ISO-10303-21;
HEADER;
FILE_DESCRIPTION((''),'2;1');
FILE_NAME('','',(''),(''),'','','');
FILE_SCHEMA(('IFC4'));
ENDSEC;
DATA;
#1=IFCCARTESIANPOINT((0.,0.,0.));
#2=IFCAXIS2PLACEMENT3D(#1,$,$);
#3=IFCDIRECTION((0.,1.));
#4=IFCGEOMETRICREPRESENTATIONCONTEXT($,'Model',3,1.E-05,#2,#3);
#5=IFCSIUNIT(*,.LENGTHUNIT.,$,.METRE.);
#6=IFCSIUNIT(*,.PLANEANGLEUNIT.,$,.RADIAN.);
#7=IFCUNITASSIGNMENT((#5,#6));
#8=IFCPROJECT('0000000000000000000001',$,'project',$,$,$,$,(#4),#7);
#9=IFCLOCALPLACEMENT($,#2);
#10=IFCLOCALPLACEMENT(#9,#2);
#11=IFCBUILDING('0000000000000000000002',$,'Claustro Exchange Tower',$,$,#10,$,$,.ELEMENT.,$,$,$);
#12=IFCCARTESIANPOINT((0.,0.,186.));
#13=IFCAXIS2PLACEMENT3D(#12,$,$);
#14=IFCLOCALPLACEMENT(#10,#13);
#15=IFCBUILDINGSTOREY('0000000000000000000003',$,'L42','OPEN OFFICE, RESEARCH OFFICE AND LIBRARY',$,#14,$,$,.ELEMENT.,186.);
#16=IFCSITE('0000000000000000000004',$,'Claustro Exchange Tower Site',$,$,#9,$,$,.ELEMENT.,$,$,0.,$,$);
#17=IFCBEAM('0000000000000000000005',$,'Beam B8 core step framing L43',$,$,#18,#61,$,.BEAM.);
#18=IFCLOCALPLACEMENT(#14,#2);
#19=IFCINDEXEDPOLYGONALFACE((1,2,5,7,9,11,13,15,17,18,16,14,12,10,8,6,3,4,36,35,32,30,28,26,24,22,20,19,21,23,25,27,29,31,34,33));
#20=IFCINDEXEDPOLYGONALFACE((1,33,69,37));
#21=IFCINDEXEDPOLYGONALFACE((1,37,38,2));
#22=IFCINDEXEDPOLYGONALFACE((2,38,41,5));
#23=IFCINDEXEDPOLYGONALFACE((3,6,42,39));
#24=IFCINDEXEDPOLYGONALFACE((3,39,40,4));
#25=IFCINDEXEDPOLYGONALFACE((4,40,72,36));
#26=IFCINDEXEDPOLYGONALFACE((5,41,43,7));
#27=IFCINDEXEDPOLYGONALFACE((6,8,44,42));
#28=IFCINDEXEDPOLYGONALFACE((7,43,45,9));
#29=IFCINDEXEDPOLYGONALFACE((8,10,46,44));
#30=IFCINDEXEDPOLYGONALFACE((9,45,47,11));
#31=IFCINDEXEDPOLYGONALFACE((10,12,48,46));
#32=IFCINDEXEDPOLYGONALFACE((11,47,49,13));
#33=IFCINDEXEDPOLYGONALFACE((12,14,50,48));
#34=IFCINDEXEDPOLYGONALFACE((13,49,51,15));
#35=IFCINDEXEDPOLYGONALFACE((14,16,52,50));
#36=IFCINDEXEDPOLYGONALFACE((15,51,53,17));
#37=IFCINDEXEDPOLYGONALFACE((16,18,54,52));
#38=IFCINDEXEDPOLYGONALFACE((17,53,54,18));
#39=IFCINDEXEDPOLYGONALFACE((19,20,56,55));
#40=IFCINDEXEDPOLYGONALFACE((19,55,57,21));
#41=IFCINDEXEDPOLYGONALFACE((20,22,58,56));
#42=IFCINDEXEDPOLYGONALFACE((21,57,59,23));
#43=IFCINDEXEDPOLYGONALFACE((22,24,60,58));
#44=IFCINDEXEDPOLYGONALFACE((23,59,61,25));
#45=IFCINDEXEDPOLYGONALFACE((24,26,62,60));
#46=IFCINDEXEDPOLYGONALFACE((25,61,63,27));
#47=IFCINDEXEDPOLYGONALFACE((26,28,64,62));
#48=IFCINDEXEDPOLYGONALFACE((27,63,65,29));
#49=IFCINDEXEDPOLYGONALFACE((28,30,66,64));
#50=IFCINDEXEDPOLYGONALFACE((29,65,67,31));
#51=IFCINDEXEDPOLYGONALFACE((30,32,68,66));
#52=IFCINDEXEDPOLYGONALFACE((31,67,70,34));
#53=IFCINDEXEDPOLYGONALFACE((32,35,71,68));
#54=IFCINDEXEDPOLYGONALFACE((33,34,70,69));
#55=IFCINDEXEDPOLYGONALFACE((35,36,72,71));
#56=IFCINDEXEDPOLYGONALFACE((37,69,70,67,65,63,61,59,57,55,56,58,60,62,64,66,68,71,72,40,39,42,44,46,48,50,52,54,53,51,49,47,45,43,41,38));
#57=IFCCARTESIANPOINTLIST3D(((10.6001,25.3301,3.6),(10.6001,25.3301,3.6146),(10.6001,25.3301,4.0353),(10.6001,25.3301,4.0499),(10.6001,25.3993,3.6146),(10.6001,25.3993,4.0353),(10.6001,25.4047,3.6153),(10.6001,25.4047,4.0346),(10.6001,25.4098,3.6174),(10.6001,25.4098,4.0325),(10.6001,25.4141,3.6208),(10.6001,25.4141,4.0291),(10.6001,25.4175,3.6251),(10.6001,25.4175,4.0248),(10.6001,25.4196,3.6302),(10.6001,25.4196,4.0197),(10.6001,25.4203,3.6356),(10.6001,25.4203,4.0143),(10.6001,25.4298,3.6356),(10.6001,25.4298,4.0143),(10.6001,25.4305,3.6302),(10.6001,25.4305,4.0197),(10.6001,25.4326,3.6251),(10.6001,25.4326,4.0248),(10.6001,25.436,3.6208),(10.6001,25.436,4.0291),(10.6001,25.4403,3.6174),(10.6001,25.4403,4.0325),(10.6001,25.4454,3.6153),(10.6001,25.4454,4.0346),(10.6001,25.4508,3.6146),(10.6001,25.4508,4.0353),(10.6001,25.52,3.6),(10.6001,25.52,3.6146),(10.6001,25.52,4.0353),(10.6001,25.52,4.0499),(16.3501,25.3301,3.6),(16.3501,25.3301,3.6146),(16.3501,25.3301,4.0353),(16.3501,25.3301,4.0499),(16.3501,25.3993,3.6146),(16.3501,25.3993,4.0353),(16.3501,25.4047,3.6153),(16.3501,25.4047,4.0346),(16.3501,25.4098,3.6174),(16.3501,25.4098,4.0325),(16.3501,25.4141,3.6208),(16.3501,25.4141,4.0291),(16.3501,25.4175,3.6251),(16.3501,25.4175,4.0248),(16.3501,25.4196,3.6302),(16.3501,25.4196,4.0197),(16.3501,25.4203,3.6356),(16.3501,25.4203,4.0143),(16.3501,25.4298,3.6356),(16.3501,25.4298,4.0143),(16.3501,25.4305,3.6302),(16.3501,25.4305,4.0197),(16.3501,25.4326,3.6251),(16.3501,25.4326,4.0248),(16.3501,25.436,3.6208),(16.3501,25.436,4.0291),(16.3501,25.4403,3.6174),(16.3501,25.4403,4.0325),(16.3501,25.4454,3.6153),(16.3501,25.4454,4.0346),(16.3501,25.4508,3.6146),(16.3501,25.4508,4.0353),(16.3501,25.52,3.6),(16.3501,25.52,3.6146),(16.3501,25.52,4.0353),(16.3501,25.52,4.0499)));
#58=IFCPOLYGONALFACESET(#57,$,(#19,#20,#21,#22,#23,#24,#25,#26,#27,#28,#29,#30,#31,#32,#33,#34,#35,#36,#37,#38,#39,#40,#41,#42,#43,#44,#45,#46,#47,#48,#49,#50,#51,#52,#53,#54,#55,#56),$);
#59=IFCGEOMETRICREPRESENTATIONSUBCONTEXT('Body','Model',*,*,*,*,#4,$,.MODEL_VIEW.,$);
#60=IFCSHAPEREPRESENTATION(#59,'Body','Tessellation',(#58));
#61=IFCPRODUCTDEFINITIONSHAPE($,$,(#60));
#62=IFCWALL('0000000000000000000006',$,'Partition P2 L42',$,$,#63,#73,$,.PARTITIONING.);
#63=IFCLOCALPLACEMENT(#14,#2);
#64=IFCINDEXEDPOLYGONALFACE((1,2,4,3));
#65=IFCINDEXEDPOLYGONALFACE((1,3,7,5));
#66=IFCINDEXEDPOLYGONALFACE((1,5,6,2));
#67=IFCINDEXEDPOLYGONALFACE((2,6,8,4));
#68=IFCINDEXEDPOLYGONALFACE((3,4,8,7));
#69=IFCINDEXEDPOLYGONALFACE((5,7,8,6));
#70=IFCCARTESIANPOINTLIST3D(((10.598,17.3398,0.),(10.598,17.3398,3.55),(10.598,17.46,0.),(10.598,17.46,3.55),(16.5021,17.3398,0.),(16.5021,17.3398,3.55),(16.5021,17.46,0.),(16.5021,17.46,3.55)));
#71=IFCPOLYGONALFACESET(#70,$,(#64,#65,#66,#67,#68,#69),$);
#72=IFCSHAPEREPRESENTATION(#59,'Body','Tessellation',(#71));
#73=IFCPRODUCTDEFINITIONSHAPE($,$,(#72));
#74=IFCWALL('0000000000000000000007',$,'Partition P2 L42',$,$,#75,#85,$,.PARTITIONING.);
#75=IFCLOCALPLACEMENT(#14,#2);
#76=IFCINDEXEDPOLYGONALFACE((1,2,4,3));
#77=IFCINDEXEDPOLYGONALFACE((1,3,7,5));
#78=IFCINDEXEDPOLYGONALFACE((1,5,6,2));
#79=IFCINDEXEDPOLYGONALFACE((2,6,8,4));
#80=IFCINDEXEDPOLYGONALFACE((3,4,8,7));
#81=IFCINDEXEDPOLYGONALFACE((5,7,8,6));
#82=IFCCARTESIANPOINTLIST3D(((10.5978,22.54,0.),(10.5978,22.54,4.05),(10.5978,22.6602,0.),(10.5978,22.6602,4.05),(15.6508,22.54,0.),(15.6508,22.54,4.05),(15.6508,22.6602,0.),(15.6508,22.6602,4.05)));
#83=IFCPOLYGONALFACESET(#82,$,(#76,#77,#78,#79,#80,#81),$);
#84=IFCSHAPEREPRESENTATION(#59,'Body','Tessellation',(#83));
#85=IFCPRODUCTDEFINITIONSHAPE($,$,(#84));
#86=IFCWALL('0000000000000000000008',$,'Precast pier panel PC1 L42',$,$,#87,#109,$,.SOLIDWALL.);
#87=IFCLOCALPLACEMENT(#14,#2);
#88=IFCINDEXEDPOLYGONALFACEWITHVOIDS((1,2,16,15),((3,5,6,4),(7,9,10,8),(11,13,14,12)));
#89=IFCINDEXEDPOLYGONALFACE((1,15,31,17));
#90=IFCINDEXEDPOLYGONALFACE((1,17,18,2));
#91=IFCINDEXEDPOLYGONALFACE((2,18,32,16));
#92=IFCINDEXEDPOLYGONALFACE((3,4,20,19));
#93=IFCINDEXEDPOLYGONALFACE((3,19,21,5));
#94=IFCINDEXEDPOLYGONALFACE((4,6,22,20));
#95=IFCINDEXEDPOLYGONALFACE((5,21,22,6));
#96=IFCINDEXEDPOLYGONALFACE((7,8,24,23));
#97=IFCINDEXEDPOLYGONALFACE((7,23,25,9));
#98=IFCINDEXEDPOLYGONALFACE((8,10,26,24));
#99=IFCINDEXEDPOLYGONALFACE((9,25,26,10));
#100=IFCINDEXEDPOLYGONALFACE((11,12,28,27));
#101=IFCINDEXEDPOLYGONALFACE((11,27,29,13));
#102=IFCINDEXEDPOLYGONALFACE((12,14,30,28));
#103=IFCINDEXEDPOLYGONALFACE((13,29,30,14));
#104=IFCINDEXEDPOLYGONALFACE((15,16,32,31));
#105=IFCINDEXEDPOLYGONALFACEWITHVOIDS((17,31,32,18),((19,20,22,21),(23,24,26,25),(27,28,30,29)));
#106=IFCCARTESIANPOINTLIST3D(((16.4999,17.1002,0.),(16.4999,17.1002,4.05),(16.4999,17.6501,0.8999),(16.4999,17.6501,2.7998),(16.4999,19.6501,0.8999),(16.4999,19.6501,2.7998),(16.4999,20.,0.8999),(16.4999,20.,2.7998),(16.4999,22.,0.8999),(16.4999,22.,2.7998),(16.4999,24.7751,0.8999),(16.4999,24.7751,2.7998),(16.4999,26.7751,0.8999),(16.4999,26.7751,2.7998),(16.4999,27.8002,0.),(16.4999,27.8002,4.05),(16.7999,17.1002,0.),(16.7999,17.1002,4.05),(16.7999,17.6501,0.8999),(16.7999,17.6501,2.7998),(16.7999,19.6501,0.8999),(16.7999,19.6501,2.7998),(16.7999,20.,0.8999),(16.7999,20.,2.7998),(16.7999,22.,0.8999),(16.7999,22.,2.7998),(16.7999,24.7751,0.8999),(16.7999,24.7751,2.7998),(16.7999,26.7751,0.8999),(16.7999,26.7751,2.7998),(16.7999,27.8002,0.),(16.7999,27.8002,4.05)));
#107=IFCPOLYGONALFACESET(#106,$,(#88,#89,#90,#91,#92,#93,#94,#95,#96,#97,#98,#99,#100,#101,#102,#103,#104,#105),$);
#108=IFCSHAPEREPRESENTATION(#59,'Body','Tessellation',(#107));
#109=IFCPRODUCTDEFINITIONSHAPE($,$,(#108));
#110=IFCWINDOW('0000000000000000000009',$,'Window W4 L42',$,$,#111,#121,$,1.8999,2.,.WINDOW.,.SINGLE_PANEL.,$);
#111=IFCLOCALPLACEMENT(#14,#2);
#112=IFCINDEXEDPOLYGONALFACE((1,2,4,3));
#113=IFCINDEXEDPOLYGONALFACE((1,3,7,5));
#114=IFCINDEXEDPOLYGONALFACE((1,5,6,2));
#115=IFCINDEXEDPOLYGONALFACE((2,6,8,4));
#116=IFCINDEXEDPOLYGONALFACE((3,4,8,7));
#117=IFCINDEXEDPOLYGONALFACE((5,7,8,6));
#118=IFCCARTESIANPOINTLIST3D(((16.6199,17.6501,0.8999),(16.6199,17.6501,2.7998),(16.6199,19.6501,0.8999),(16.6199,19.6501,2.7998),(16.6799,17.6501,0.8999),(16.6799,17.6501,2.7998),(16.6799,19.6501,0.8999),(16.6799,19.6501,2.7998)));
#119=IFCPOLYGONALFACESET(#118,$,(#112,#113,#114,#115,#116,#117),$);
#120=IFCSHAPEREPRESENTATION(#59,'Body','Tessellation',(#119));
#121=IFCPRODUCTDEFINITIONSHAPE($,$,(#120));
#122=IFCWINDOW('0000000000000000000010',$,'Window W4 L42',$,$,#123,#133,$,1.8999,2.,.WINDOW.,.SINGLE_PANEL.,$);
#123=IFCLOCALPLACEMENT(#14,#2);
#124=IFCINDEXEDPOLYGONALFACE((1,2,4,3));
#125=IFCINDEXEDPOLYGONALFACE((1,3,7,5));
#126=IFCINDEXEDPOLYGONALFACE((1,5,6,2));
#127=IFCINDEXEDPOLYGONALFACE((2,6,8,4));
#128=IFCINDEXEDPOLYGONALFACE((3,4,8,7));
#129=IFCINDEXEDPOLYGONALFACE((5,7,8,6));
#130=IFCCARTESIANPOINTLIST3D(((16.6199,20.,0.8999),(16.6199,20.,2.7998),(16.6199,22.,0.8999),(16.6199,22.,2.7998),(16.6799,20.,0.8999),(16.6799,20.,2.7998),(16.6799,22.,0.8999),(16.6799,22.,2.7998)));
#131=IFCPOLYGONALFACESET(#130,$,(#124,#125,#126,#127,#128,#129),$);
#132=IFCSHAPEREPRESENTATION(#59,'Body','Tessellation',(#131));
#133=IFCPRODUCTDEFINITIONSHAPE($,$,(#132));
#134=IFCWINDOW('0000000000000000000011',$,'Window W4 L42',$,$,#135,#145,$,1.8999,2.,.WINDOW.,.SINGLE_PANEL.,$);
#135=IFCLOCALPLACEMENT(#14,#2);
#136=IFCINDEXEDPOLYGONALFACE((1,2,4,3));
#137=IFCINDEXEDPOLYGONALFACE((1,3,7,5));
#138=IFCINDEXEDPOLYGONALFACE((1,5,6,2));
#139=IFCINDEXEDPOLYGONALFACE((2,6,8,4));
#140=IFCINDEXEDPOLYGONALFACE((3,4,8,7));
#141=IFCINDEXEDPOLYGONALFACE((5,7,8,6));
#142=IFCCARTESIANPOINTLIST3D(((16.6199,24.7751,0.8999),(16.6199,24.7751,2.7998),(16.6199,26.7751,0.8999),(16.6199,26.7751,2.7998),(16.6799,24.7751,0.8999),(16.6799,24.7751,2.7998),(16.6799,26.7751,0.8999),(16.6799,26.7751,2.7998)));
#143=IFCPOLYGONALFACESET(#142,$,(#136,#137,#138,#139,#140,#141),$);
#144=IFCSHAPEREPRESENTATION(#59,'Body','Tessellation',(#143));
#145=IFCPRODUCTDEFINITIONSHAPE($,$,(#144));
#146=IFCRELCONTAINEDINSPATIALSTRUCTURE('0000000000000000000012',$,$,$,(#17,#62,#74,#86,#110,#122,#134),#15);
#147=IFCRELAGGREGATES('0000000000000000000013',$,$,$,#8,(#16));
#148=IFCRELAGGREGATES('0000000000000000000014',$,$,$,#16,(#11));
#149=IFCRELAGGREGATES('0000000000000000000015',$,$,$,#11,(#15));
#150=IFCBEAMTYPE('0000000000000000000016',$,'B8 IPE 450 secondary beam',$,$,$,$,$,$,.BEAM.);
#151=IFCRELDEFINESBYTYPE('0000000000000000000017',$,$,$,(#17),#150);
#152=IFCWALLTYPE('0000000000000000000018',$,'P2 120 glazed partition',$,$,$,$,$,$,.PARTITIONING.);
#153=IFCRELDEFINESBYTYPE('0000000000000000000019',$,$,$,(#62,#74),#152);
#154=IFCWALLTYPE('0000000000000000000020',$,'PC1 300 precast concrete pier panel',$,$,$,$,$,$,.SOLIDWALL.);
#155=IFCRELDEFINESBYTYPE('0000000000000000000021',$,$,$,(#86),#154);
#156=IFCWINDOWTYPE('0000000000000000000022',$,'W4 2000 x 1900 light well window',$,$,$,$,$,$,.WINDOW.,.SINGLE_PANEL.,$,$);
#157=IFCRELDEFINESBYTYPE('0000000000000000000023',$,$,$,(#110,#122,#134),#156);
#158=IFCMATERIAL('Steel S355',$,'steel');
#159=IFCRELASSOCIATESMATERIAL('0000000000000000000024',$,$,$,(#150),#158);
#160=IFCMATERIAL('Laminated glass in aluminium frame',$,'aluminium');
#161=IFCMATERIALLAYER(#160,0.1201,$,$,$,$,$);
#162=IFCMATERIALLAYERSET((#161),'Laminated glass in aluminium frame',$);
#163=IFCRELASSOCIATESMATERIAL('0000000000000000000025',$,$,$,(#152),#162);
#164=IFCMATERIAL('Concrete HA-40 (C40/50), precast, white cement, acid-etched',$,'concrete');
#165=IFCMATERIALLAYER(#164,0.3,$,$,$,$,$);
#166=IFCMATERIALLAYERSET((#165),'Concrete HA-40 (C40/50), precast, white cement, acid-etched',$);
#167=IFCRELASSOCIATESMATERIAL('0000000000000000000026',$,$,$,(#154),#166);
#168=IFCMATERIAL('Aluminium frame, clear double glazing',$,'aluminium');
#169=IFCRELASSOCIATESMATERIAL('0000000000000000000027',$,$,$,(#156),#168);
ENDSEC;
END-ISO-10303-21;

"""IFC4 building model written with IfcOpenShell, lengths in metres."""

from ifc_helpers import new_model, si_unit, direction, frame, frame_2d, origin, origin_2d, place, context, subcontext, project, spatial, rectangle, i_section, extrude, material, layer, layer_set, material_profile, profile_set, type_object, element, fill, save


model = new_model("IFC4")

# Units and contexts
model_context = context("Model", 3, precision=1e-05, world=origin(), true_north=direction((0.0, 1.0)))
body_context = subcontext(model_context, "Body", "Model", "MODEL_VIEW")
ifc_project = project(units=[si_unit("LENGTHUNIT", "METRE"), si_unit("PLANEANGLEUNIT", "RADIAN")], contexts=[model_context])

# Site, building, storey
site_placement = place(None, origin())
site = spatial("IfcSite", under=ifc_project, at=site_placement, Name="Claustro Exchange Tower Site", CompositionType="ELEMENT", RefElevation=0.0)
building_placement = place(site_placement, origin())
building = spatial("IfcBuilding", under=site, at=building_placement, Name="Claustro Exchange Tower", CompositionType="ELEMENT")
storey_placement = place(building_placement, frame((0.0, 0.0, 186.0)))
storey = spatial("IfcBuildingStorey", under=building, at=storey_placement, Name="L42", Description="OPEN OFFICE, RESEARCH OFFICE AND LIBRARY", CompositionType="ELEMENT", Elevation=186.0)

# Beam
ifc_material_1 = material(Name="Steel S355", Category="steel")
ifc_material_profile_1 = material_profile(ifc_material_1, i_section(OverallWidth=0.1899, OverallDepth=0.45, WebThickness=0.0095, FlangeThickness=0.0146, FilletRadius=0.021, at=origin_2d()), Name="IPE 450")
ifc_profile_set_1 = profile_set([ifc_material_profile_1], Name="Steel S355")
beam_type_1 = type_object("IfcBeamType", Name="B8 IPE 450 secondary beam", PredefinedType="BEAM", material=ifc_profile_set_1)
for number, where, z_axis, x_axis, name in (
    (1, (10.6001, 25.425, 3.825), (1.0, 0.0, 0.0), (0.0, 1.0, 0.0), "Beam B8 core step framing L43"),
):
    element("IfcBeam", number, at=place(storey_placement, frame(where, z_axis=z_axis, x_axis=x_axis)), inside=storey, type_object=beam_type_1, Name=name, PredefinedType="BEAM", context=body_context, shape_type="SweptSolid", body=[
        extrude(i_section(OverallWidth=0.1899, OverallDepth=0.45, WebThickness=0.0095, FlangeThickness=0.0146, FilletRadius=0.021, at=origin_2d()), origin(), (0.0, 0.0, 1.0), 5.75),
    ])

# Walls
ifc_material_2 = material(Name="Laminated glass in aluminium frame", Category="aluminium")
ifc_layer_1 = layer(ifc_material_2, 0.1201)
ifc_layer_set_1 = layer_set([ifc_layer_1], Name="Laminated glass in aluminium frame")
wall_type_1 = type_object("IfcWallType", Name="P2 120 glazed partition", PredefinedType="PARTITIONING", material=ifc_layer_set_1)
wall_1_placement = place(storey_placement, frame((10.5979, 17.3999, 0.0), z_axis=(0.0, 0.0, 1.0), x_axis=(1.0, 0.0, 0.0)))
element("IfcWall", 2, at=wall_1_placement, inside=storey, type_object=wall_type_1, Name="Partition P2 L42", PredefinedType="PARTITIONING", context=body_context, shape_type="SweptSolid", body=[
    extrude(rectangle(XDim=5.9041, YDim=0.1201, at=frame_2d((2.9521, 0.0))), origin(), (0.0, 0.0, 1.0), 3.55),
])
wall_2_placement = place(storey_placement, frame((10.5979, 22.6001, 0.0), z_axis=(0.0, 0.0, 1.0), x_axis=(1.0, 0.0, 0.0)))
element("IfcWall", 3, at=wall_2_placement, inside=storey, type_object=wall_type_1, Name="Partition P2 L42", PredefinedType="PARTITIONING", context=body_context, shape_type="SweptSolid", body=[
    extrude(rectangle(XDim=5.053, YDim=0.1201, at=frame_2d((2.5264, 0.0))), origin(), (0.0, 0.0, 1.0), 4.05),
])

# Wall, openings, windows
ifc_material_3 = material(Name="Concrete HA-40 (C40/50), precast, white cement, acid-etched", Category="concrete")
ifc_layer_2 = layer(ifc_material_3, 0.3)
ifc_layer_set_2 = layer_set([ifc_layer_2], Name="Concrete HA-40 (C40/50), precast, white cement, acid-etched")
wall_type_2 = type_object("IfcWallType", Name="PC1 300 precast concrete pier panel", PredefinedType="SOLIDWALL", material=ifc_layer_set_2)
wall_3_placement = place(storey_placement, frame((16.6499, 17.1001, 0.0), z_axis=(0.0, 0.0, 1.0), x_axis=(0.0, 1.0, 0.0)))
wall_3 = element("IfcWall", 4, at=wall_3_placement, inside=storey, type_object=wall_type_2, Name="Precast pier panel PC1 L42", PredefinedType="SOLIDWALL", context=body_context, shape_type="SweptSolid", body=[
    extrude(rectangle(XDim=10.7, YDim=0.3, at=frame_2d((5.3501, 0.0))), origin(), (0.0, 0.0, 1.0), 4.05),
])
opening_1_placement = place(wall_3_placement, frame((0.55, 0.0, 0.8999)))
opening_1 = element("IfcOpeningElement", 5, at=opening_1_placement, cuts=wall_3, PredefinedType="OPENING", context=body_context, shape_type="SweptSolid", body=[
    extrude(rectangle(XDim=2.0, YDim=1.8999, at=frame_2d((1.0, 0.95))), frame((0.0, 0.1599, 0.0), z_axis=(0.0, -1.0, 0.0), x_axis=(1.0, 0.0, 0.0)), (0.0, 0.0, 1.0), 0.3201),
])
opening_2_placement = place(wall_3_placement, frame((2.8999, 0.0, 0.8999)))
opening_2 = element("IfcOpeningElement", 6, at=opening_2_placement, cuts=wall_3, PredefinedType="OPENING", context=body_context, shape_type="SweptSolid", body=[
    extrude(rectangle(XDim=2.0, YDim=1.8999, at=frame_2d((1.0, 0.95))), frame((0.0, 0.1599, 0.0), z_axis=(0.0, -1.0, 0.0), x_axis=(1.0, 0.0, 0.0)), (0.0, 0.0, 1.0), 0.3201),
])
opening_3_placement = place(wall_3_placement, frame((7.675, 0.0, 0.8999)))
opening_3 = element("IfcOpeningElement", 7, at=opening_3_placement, cuts=wall_3, PredefinedType="OPENING", context=body_context, shape_type="SweptSolid", body=[
    extrude(rectangle(XDim=2.0, YDim=1.8999, at=frame_2d((1.0, 0.95))), frame((0.0, 0.1599, 0.0), z_axis=(0.0, -1.0, 0.0), x_axis=(1.0, 0.0, 0.0)), (0.0, 0.0, 1.0), 0.3201),
])
ifc_material_4 = material(Name="Aluminium frame, clear double glazing", Category="aluminium")
window_type = type_object("IfcWindowType", Name="W4 2000 x 1900 light well window", PartitioningType="SINGLE_PANEL", PredefinedType="WINDOW", material=ifc_material_4)
window_1_placement = place(opening_1_placement, origin())
window_1 = element("IfcWindow", 8, at=window_1_placement, inside=storey, type_object=window_type, Name="Window W4 L42", OverallHeight=1.8999, OverallWidth=2.0, PartitioningType="SINGLE_PANEL", PredefinedType="WINDOW", context=body_context, shape_type="SweptSolid", body=[
    extrude(rectangle(XDim=2.0, YDim=1.8999, at=frame_2d((1.0, 0.95))), frame((0.0, 0.03, 0.0), z_axis=(0.0, -1.0, 0.0), x_axis=(1.0, 0.0, 0.0)), (0.0, 0.0, 1.0), 0.0601),
])
fill(opening_1, window_1)
window_2_placement = place(opening_2_placement, origin())
window_2 = element("IfcWindow", 9, at=window_2_placement, inside=storey, type_object=window_type, Name="Window W4 L42", OverallHeight=1.8999, OverallWidth=2.0, PartitioningType="SINGLE_PANEL", PredefinedType="WINDOW", context=body_context, shape_type="SweptSolid", body=[
    extrude(rectangle(XDim=2.0, YDim=1.8999, at=frame_2d((1.0, 0.95))), frame((0.0, 0.03, 0.0), z_axis=(0.0, -1.0, 0.0), x_axis=(1.0, 0.0, 0.0)), (0.0, 0.0, 1.0), 0.0601),
])
fill(opening_2, window_2)
window_3_placement = place(opening_3_placement, origin())
window_3 = element("IfcWindow", 10, at=window_3_placement, inside=storey, type_object=window_type, Name="Window W4 L42", OverallHeight=1.8999, OverallWidth=2.0, PartitioningType="SINGLE_PANEL", PredefinedType="WINDOW", context=body_context, shape_type="SweptSolid", body=[
    extrude(rectangle(XDim=2.0, YDim=1.8999, at=frame_2d((1.0, 0.95))), frame((0.0, 0.03, 0.0), z_axis=(0.0, -1.0, 0.0), x_axis=(1.0, 0.0, 0.0)), (0.0, 0.0, 1.0), 0.0601),
])
fill(opening_3, window_3)

save(model, "model.ifc")
